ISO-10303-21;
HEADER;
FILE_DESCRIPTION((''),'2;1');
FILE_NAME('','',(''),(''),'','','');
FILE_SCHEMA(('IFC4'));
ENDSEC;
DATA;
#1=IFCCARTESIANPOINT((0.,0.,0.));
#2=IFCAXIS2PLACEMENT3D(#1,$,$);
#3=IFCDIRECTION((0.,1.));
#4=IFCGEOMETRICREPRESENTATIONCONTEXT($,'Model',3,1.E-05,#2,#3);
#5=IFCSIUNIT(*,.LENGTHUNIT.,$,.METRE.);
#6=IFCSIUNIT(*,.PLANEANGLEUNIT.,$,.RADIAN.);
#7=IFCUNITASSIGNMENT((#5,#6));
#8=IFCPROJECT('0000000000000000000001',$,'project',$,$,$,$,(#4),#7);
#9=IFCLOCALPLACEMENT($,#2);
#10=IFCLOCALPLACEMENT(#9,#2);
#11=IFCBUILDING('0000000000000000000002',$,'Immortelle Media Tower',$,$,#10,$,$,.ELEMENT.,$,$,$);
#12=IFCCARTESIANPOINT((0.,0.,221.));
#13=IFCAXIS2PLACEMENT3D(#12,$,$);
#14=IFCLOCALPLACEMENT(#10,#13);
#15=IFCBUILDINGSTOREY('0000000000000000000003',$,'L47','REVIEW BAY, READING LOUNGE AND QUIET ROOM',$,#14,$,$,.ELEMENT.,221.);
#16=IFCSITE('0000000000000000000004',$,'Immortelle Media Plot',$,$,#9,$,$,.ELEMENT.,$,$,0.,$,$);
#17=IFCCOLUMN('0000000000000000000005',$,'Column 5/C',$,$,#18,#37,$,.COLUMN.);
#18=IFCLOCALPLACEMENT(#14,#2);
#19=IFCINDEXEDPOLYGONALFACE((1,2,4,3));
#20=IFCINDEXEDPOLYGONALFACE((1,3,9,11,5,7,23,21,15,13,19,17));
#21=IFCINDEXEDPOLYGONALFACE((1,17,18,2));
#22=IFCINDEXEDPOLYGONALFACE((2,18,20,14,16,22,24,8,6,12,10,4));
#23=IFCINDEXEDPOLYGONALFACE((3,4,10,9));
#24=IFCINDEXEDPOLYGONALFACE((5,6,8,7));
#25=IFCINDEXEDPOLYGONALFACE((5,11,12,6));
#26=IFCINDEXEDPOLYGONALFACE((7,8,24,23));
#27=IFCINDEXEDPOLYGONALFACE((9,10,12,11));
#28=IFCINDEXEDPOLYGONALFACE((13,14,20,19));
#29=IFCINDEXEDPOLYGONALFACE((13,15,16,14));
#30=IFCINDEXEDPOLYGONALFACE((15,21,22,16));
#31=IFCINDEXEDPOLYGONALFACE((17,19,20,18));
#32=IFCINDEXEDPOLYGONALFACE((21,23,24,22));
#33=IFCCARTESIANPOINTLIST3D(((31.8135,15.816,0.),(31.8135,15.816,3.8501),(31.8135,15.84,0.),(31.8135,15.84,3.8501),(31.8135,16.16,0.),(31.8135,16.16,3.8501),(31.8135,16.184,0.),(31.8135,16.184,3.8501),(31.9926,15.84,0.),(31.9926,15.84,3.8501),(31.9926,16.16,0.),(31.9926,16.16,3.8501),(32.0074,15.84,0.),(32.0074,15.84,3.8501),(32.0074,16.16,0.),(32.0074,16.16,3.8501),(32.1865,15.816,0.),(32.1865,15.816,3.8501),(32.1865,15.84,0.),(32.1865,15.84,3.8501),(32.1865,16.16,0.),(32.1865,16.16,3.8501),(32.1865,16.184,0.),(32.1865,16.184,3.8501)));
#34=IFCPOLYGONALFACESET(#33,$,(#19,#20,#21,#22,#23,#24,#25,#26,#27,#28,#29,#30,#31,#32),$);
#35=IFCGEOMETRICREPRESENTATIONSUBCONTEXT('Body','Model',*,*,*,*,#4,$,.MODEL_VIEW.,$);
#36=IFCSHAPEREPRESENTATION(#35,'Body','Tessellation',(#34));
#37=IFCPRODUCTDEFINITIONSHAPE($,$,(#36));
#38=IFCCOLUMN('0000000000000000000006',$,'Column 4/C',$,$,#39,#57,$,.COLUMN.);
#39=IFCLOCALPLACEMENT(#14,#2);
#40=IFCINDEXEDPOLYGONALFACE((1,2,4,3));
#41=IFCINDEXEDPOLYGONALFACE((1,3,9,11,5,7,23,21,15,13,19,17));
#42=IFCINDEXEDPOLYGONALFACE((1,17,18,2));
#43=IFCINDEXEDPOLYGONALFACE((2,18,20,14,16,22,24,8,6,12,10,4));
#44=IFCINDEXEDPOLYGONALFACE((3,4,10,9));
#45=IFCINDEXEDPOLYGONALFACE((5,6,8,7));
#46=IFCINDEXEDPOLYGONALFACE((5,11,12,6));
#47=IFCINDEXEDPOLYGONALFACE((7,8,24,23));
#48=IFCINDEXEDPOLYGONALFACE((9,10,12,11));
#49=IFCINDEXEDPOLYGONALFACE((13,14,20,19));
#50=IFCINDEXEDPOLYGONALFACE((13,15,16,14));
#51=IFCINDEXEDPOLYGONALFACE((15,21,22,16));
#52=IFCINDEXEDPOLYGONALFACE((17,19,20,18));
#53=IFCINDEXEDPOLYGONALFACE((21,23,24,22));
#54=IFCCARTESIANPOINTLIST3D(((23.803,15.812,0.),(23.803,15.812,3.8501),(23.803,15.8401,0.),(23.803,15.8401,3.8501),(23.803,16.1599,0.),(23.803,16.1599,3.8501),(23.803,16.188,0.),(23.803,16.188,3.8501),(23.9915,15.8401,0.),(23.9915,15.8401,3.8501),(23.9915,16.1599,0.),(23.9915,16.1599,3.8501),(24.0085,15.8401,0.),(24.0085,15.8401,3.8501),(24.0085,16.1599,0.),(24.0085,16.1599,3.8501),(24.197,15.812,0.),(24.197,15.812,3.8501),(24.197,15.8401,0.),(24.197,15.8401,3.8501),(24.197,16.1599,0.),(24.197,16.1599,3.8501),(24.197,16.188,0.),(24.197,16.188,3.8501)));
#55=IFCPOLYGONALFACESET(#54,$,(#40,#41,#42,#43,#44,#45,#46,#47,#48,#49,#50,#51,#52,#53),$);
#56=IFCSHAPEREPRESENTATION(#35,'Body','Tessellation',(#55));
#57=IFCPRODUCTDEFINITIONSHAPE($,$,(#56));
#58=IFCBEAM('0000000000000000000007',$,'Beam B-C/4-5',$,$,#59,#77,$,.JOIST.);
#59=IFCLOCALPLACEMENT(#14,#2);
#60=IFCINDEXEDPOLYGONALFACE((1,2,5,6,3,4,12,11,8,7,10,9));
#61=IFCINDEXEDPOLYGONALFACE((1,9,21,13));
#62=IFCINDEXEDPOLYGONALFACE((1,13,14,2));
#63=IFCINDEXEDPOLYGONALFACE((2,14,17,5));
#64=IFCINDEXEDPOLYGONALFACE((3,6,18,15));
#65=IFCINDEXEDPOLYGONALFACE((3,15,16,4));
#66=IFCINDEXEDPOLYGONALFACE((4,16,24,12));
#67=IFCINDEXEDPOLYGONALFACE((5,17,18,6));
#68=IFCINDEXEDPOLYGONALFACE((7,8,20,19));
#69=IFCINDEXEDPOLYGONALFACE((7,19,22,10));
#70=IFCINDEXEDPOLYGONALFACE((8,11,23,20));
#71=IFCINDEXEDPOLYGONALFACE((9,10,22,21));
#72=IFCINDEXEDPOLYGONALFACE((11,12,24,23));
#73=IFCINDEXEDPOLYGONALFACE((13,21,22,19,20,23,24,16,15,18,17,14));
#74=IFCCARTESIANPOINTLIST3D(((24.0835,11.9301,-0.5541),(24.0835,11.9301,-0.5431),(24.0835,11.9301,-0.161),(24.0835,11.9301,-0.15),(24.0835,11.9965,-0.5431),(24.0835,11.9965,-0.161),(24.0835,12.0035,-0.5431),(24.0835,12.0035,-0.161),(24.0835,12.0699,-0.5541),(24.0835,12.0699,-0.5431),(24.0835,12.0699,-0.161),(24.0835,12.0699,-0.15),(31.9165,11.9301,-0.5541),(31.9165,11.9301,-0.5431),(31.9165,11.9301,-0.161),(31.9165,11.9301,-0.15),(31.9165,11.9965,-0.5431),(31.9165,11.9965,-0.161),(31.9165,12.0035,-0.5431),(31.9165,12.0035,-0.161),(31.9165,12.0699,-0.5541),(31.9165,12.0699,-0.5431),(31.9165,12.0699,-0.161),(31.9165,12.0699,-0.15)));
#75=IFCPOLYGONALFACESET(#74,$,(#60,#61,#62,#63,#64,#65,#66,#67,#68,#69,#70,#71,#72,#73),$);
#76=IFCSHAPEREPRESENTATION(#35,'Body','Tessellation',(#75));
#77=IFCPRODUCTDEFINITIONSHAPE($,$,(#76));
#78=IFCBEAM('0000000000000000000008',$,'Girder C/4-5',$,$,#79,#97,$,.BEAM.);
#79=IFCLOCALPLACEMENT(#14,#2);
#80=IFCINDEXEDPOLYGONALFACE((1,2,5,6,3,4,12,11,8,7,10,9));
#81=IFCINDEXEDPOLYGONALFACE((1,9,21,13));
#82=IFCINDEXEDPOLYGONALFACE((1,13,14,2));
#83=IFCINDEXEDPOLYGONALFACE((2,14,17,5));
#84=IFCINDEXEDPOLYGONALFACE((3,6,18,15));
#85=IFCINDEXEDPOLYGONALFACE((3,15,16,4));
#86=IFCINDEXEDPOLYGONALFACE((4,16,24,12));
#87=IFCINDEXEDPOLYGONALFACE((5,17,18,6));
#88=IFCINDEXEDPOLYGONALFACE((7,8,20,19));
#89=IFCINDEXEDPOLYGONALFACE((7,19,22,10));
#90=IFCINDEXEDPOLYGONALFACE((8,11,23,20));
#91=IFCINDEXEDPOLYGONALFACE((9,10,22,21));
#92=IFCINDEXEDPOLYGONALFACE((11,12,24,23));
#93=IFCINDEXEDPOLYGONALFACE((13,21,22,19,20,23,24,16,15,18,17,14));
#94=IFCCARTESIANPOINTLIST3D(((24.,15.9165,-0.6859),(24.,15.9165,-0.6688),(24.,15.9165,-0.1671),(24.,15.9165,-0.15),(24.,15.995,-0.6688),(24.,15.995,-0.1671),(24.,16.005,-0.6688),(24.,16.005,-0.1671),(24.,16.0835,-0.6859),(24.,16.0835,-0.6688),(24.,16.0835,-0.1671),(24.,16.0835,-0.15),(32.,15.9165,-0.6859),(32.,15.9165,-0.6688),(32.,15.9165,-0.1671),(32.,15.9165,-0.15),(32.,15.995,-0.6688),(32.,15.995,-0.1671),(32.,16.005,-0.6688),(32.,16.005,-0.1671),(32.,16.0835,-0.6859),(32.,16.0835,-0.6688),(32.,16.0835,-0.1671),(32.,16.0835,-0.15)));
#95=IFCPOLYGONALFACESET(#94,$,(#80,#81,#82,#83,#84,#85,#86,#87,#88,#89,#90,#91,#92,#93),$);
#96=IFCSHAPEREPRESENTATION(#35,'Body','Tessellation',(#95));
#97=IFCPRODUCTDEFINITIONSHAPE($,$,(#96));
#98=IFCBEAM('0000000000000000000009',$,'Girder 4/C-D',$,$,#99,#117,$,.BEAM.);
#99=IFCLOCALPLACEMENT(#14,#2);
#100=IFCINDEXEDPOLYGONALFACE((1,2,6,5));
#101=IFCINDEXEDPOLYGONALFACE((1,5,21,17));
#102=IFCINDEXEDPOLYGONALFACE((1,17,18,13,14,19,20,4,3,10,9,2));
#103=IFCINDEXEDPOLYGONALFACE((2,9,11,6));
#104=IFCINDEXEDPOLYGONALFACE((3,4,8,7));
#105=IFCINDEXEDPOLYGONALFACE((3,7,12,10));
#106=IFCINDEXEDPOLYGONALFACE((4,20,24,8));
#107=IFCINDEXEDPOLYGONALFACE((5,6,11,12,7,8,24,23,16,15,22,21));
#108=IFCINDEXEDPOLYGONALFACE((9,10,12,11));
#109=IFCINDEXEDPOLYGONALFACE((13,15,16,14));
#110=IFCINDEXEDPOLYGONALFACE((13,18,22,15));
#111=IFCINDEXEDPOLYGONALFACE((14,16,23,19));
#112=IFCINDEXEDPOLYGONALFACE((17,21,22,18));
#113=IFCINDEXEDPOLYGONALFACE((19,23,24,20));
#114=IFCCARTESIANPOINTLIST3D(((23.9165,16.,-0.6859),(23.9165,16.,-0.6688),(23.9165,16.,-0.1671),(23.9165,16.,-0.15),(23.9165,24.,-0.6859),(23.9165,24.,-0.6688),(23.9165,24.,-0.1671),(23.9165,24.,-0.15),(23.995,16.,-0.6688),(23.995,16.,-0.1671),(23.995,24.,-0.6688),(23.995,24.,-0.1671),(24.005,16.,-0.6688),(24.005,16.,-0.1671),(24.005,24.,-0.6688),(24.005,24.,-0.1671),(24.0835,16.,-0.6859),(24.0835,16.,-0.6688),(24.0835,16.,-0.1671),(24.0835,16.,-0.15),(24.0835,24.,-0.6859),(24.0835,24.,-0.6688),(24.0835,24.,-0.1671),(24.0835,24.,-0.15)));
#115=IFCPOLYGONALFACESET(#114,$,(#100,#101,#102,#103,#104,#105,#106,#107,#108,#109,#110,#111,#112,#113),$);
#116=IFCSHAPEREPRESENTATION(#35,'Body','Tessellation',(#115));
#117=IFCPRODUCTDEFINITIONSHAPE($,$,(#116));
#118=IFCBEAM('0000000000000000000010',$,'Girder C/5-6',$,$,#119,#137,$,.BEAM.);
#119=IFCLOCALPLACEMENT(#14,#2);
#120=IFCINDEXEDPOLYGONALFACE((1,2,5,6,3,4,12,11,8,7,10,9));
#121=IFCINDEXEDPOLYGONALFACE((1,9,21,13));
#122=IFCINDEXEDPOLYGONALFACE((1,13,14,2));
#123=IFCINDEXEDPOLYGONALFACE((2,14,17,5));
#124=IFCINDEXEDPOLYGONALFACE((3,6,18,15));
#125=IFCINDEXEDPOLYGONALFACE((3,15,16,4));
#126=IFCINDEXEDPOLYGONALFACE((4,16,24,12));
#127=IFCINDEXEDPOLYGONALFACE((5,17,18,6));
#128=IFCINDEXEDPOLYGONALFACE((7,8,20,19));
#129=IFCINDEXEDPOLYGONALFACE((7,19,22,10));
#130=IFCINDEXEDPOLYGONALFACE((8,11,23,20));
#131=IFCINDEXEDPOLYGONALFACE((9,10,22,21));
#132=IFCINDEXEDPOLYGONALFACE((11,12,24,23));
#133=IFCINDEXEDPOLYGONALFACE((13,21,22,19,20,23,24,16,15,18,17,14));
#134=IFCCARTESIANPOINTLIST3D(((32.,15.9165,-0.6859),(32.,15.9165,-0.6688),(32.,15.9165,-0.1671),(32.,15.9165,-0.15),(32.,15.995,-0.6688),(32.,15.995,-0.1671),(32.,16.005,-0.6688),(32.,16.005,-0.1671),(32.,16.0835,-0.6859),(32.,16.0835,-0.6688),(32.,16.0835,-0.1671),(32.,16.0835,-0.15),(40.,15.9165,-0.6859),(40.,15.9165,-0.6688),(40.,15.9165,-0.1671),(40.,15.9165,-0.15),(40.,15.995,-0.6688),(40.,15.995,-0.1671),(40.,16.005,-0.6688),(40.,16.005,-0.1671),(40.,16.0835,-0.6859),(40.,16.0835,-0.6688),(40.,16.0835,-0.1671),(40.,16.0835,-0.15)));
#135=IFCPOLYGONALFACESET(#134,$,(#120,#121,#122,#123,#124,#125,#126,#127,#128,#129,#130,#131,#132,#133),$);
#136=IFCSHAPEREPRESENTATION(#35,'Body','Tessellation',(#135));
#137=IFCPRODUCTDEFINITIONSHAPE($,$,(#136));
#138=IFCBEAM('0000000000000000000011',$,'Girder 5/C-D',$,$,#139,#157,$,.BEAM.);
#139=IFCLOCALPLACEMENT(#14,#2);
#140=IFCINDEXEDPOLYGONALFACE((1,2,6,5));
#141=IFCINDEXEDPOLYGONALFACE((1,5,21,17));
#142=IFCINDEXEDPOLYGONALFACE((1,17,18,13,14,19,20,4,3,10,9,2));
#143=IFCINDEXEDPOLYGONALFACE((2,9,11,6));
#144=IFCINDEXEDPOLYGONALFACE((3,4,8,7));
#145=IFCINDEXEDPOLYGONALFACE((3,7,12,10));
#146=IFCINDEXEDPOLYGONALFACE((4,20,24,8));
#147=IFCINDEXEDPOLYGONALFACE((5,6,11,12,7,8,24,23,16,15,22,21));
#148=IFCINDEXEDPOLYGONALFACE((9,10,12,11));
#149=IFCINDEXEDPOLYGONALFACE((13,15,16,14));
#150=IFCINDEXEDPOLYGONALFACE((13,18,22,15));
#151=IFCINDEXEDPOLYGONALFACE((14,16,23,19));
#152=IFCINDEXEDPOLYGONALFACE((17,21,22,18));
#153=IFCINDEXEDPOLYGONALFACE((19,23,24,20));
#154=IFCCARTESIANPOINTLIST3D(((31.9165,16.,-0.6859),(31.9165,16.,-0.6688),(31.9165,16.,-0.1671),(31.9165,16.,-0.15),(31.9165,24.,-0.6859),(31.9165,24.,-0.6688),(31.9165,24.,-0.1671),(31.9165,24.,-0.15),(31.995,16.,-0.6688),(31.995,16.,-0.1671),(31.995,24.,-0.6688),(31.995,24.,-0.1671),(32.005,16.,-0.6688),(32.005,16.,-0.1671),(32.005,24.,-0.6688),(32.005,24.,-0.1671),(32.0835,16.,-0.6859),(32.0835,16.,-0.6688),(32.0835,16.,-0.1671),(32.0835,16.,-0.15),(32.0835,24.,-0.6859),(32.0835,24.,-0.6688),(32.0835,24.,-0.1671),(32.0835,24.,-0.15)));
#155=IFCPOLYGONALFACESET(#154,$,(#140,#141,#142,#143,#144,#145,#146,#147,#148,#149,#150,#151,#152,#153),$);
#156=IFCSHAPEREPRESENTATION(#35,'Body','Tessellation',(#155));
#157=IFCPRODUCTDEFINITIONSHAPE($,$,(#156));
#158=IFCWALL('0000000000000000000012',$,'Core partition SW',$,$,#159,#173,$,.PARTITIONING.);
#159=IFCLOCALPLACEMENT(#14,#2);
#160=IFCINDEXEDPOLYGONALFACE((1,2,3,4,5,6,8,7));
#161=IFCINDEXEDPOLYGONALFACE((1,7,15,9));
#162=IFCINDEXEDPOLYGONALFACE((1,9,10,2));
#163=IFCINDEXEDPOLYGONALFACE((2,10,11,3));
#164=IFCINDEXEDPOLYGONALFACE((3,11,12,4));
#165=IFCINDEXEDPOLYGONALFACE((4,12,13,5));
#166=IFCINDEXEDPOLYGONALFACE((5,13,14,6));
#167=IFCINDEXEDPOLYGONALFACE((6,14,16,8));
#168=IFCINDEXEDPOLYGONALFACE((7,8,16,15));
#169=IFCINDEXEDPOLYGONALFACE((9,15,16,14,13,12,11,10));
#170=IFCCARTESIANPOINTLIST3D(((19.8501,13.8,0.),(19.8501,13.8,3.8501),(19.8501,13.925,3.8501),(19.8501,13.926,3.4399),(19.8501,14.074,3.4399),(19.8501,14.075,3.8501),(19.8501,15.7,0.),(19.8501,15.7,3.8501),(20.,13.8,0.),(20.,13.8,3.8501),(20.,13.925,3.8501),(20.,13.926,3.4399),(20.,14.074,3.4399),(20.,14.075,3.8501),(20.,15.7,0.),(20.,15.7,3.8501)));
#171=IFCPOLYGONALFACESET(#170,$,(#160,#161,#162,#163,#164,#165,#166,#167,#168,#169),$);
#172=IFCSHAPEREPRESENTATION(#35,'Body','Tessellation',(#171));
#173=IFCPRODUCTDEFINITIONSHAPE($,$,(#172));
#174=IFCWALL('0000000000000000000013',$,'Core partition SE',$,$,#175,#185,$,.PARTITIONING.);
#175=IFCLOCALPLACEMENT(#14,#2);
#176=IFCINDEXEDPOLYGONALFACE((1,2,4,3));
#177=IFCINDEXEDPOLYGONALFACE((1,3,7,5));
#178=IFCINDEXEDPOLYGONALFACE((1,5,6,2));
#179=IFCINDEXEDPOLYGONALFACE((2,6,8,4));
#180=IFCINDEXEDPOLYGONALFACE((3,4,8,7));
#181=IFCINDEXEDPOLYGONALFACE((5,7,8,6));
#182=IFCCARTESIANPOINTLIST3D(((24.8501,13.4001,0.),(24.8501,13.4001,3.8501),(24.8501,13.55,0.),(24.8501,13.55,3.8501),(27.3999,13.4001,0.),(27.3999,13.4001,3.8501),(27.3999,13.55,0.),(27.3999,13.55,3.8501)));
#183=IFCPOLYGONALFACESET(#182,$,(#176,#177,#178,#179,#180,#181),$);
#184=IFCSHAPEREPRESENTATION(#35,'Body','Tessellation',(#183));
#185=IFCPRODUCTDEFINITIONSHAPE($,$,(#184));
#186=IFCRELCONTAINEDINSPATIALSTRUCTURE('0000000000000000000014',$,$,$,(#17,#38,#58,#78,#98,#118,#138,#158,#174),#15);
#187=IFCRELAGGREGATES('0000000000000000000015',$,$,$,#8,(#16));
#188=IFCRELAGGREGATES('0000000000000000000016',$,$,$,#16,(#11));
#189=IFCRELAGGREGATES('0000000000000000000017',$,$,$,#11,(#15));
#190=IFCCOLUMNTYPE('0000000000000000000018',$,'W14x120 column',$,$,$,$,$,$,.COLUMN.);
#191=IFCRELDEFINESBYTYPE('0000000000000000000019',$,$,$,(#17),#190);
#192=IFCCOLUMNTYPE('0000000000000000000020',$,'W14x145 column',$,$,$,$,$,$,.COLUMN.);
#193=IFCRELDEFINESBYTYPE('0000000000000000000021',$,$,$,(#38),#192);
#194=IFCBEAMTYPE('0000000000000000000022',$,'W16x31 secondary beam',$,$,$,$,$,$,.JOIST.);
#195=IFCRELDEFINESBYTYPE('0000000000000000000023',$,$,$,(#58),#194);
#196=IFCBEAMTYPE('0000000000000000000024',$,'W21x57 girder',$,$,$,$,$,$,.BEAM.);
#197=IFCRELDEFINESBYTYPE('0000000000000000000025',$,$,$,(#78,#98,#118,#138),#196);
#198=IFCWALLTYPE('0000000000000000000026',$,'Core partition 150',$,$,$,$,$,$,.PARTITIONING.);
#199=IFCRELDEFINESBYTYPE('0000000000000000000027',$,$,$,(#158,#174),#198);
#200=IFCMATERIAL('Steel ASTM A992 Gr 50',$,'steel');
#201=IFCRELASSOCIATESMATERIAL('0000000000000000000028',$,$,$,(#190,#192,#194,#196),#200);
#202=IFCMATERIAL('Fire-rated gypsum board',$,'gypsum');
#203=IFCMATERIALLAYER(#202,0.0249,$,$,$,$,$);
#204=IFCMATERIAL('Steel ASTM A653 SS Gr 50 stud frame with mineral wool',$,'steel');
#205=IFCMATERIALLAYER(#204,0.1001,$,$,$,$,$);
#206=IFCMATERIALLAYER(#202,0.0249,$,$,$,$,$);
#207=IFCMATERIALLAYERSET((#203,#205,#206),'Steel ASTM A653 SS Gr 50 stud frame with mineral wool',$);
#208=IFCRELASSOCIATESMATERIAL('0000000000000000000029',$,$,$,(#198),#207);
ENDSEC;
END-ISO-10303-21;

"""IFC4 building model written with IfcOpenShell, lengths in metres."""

from ifc_helpers import new_model, si_unit, direction, frame, frame_2d, origin, origin_2d, place, context, subcontext, project, spatial, polyline, rectangle, i_section, outline, extrude, material, layer, layer_set, material_profile, profile_set, type_object, element, save


model = new_model("IFC4")

# Units and contexts
model_context = context("Model", 3, precision=1e-05, world=origin(), true_north=direction((0.0, 1.0)))
body_context = subcontext(model_context, "Body", "Model", "MODEL_VIEW")
ifc_project = project(units=[si_unit("LENGTHUNIT", "METRE"), si_unit("PLANEANGLEUNIT", "RADIAN")], contexts=[model_context])

# Site, building, storey
site_placement = place(None, origin())
site = spatial("IfcSite", under=ifc_project, at=site_placement, Name="Immortelle Media Plot", CompositionType="ELEMENT", RefElevation=0.0)
building_placement = place(site_placement, origin())
building = spatial("IfcBuilding", under=site, at=building_placement, Name="Immortelle Media Tower", CompositionType="ELEMENT")
storey_placement = place(building_placement, frame((0.0, 0.0, 221.0)))
storey = spatial("IfcBuildingStorey", under=building, at=storey_placement, Name="L47", Description="REVIEW BAY, READING LOUNGE AND QUIET ROOM", CompositionType="ELEMENT", Elevation=221.0)

# Columns
ifc_material_1 = material(Name="Steel ASTM A992 Gr 50", Category="steel")
ifc_material_profile_1 = material_profile(ifc_material_1, i_section(OverallWidth=0.373, OverallDepth=0.3679, WebThickness=0.0149, FlangeThickness=0.0239, at=origin_2d()), Name="W14x120")
ifc_profile_set_1 = profile_set([ifc_material_profile_1], Name="Steel ASTM A992 Gr 50")
column_type_1 = type_object("IfcColumnType", Name="W14x120 column", PredefinedType="COLUMN", material=ifc_profile_set_1)
column_1_placement = place(storey_placement, frame((32.0, 16.0, 0.0), z_axis=(0.0, 0.0, 1.0), x_axis=(1.0, 0.0, 0.0)))
element("IfcColumn", 1, at=column_1_placement, inside=storey, type_object=column_type_1, Name="Column 5/C", PredefinedType="COLUMN", context=body_context, shape_type="SweptSolid", body=[
    extrude(i_section(OverallWidth=0.373, OverallDepth=0.3679, WebThickness=0.0149, FlangeThickness=0.0239, at=origin_2d()), origin(), (0.0, 0.0, 1.0), 3.8501),
])
ifc_material_profile_2 = material_profile(ifc_material_1, i_section(OverallWidth=0.394, OverallDepth=0.376, WebThickness=0.0171, FlangeThickness=0.0281, at=origin_2d()), Name="W14x145")
ifc_profile_set_2 = profile_set([ifc_material_profile_2], Name="Steel ASTM A992 Gr 50")
column_type_2 = type_object("IfcColumnType", Name="W14x145 column", PredefinedType="COLUMN", material=ifc_profile_set_2)
column_2_placement = place(storey_placement, frame((24.0, 16.0, 0.0), z_axis=(0.0, 0.0, 1.0), x_axis=(1.0, 0.0, 0.0)))
element("IfcColumn", 2, at=column_2_placement, inside=storey, type_object=column_type_2, Name="Column 4/C", PredefinedType="COLUMN", context=body_context, shape_type="SweptSolid", body=[
    extrude(i_section(OverallWidth=0.394, OverallDepth=0.376, WebThickness=0.0171, FlangeThickness=0.0281, at=origin_2d()), origin(), (0.0, 0.0, 1.0), 3.8501),
])

# Beams
ifc_material_profile_3 = material_profile(ifc_material_1, i_section(OverallWidth=0.1399, OverallDepth=0.4041, WebThickness=0.0071, FlangeThickness=0.011, at=origin_2d()), Name="W16x31")
ifc_profile_set_3 = profile_set([ifc_material_profile_3], Name="Steel ASTM A992 Gr 50")
beam_type_1 = type_object("IfcBeamType", Name="W16x31 secondary beam", PredefinedType="JOIST", material=ifc_profile_set_3)
beam_placement = place(storey_placement, frame((24.0835, 12.0, -0.3521), z_axis=(1.0, 0.0, 0.0), x_axis=(0.0, 1.0, 0.0)))
element("IfcBeam", 3, at=beam_placement, inside=storey, type_object=beam_type_1, Name="Beam B-C/4-5", PredefinedType="JOIST", context=body_context, shape_type="SweptSolid", body=[
    extrude(i_section(OverallWidth=0.1399, OverallDepth=0.4041, WebThickness=0.0071, FlangeThickness=0.011, at=origin_2d()), origin(), (0.0, 0.0, 1.0), 7.833),
])
ifc_material_profile_4 = material_profile(ifc_material_1, i_section(OverallWidth=0.167, OverallDepth=0.5359, WebThickness=0.01, FlangeThickness=0.0171, at=origin_2d()), Name="W21x57")
ifc_profile_set_4 = profile_set([ifc_material_profile_4], Name="Steel ASTM A992 Gr 50")
beam_type_2 = type_object("IfcBeamType", Name="W21x57 girder", PredefinedType="BEAM", material=ifc_profile_set_4)
for number, where, z_axis, x_axis, name in (
    (4, (24.0, 16.0, -0.418), (1.0, 0.0, 0.0), (0.0, 1.0, 0.0), "Girder C/4-5"),
    (5, (24.0, 16.0, -0.418), (0.0, 1.0, 0.0), (-1.0, 0.0, 0.0), "Girder 4/C-D"),
    (6, (32.0, 16.0, -0.418), (1.0, 0.0, 0.0), (0.0, 1.0, 0.0), "Girder C/5-6"),
    (7, (32.0, 16.0, -0.418), (0.0, 1.0, 0.0), (-1.0, 0.0, 0.0), "Girder 5/C-D"),
):
    element("IfcBeam", number, at=place(storey_placement, frame(where, z_axis=z_axis, x_axis=x_axis)), inside=storey, type_object=beam_type_2, Name=name, PredefinedType="BEAM", context=body_context, shape_type="SweptSolid", body=[
        extrude(i_section(OverallWidth=0.167, OverallDepth=0.5359, WebThickness=0.01, FlangeThickness=0.0171, at=origin_2d()), origin(), (0.0, 0.0, 1.0), 8.0),
    ])

# Walls
ifc_material_2 = material(Name="Fire-rated gypsum board", Category="gypsum")
ifc_layer_1 = layer(ifc_material_2, 0.0249)
ifc_material_3 = material(Name="Steel ASTM A653 SS Gr 50 stud frame with mineral wool", Category="steel")
ifc_layer_2 = layer(ifc_material_3, 0.1001)
ifc_layer_3 = layer(ifc_material_2, 0.0249)
ifc_layer_set_1 = layer_set([ifc_layer_1, ifc_layer_2, ifc_layer_3], Name="Steel ASTM A653 SS Gr 50 stud frame with mineral wool")
wall_type_1 = type_object("IfcWallType", Name="Core partition 150", PredefinedType="PARTITIONING", material=ifc_layer_set_1)
wall_1_placement = place(storey_placement, frame((19.925, 13.8, 0.0), z_axis=(0.0, 0.0, 1.0), x_axis=(0.0, 1.0, 0.0)))
element("IfcWall", 8, at=wall_1_placement, inside=storey, type_object=wall_type_1, Name="Core partition SW", PredefinedType="PARTITIONING", context=body_context, shape_type="SweptSolid", body=[
    extrude(outline(polyline([(0.0, 0.0), (1.8999, 0.0), (1.8999, 3.8501), (0.2749, 3.8501), (0.2739, 3.4399), (0.126, 3.4399), (0.125, 3.8501), (0.0, 3.8501), (0.0, 0.0)])), frame((0.0, 0.075, 0.0), z_axis=(0.0, -1.0, 0.0), x_axis=(1.0, 0.0, 0.0)), (0.0, 0.0, 1.0), 0.1499),
])
wall_2_placement = place(storey_placement, frame((24.8501, 13.4751, 0.0), z_axis=(0.0, 0.0, 1.0), x_axis=(1.0, 0.0, 0.0)))
element("IfcWall", 9, at=wall_2_placement, inside=storey, type_object=wall_type_1, Name="Core partition SE", PredefinedType="PARTITIONING", context=body_context, shape_type="SweptSolid", body=[
    extrude(rectangle(XDim=2.5498, YDim=0.1499, at=frame_2d((1.2749, 0.0))), origin(), (0.0, 0.0, 1.0), 3.8501),
])

save(model, "model.ifc")
